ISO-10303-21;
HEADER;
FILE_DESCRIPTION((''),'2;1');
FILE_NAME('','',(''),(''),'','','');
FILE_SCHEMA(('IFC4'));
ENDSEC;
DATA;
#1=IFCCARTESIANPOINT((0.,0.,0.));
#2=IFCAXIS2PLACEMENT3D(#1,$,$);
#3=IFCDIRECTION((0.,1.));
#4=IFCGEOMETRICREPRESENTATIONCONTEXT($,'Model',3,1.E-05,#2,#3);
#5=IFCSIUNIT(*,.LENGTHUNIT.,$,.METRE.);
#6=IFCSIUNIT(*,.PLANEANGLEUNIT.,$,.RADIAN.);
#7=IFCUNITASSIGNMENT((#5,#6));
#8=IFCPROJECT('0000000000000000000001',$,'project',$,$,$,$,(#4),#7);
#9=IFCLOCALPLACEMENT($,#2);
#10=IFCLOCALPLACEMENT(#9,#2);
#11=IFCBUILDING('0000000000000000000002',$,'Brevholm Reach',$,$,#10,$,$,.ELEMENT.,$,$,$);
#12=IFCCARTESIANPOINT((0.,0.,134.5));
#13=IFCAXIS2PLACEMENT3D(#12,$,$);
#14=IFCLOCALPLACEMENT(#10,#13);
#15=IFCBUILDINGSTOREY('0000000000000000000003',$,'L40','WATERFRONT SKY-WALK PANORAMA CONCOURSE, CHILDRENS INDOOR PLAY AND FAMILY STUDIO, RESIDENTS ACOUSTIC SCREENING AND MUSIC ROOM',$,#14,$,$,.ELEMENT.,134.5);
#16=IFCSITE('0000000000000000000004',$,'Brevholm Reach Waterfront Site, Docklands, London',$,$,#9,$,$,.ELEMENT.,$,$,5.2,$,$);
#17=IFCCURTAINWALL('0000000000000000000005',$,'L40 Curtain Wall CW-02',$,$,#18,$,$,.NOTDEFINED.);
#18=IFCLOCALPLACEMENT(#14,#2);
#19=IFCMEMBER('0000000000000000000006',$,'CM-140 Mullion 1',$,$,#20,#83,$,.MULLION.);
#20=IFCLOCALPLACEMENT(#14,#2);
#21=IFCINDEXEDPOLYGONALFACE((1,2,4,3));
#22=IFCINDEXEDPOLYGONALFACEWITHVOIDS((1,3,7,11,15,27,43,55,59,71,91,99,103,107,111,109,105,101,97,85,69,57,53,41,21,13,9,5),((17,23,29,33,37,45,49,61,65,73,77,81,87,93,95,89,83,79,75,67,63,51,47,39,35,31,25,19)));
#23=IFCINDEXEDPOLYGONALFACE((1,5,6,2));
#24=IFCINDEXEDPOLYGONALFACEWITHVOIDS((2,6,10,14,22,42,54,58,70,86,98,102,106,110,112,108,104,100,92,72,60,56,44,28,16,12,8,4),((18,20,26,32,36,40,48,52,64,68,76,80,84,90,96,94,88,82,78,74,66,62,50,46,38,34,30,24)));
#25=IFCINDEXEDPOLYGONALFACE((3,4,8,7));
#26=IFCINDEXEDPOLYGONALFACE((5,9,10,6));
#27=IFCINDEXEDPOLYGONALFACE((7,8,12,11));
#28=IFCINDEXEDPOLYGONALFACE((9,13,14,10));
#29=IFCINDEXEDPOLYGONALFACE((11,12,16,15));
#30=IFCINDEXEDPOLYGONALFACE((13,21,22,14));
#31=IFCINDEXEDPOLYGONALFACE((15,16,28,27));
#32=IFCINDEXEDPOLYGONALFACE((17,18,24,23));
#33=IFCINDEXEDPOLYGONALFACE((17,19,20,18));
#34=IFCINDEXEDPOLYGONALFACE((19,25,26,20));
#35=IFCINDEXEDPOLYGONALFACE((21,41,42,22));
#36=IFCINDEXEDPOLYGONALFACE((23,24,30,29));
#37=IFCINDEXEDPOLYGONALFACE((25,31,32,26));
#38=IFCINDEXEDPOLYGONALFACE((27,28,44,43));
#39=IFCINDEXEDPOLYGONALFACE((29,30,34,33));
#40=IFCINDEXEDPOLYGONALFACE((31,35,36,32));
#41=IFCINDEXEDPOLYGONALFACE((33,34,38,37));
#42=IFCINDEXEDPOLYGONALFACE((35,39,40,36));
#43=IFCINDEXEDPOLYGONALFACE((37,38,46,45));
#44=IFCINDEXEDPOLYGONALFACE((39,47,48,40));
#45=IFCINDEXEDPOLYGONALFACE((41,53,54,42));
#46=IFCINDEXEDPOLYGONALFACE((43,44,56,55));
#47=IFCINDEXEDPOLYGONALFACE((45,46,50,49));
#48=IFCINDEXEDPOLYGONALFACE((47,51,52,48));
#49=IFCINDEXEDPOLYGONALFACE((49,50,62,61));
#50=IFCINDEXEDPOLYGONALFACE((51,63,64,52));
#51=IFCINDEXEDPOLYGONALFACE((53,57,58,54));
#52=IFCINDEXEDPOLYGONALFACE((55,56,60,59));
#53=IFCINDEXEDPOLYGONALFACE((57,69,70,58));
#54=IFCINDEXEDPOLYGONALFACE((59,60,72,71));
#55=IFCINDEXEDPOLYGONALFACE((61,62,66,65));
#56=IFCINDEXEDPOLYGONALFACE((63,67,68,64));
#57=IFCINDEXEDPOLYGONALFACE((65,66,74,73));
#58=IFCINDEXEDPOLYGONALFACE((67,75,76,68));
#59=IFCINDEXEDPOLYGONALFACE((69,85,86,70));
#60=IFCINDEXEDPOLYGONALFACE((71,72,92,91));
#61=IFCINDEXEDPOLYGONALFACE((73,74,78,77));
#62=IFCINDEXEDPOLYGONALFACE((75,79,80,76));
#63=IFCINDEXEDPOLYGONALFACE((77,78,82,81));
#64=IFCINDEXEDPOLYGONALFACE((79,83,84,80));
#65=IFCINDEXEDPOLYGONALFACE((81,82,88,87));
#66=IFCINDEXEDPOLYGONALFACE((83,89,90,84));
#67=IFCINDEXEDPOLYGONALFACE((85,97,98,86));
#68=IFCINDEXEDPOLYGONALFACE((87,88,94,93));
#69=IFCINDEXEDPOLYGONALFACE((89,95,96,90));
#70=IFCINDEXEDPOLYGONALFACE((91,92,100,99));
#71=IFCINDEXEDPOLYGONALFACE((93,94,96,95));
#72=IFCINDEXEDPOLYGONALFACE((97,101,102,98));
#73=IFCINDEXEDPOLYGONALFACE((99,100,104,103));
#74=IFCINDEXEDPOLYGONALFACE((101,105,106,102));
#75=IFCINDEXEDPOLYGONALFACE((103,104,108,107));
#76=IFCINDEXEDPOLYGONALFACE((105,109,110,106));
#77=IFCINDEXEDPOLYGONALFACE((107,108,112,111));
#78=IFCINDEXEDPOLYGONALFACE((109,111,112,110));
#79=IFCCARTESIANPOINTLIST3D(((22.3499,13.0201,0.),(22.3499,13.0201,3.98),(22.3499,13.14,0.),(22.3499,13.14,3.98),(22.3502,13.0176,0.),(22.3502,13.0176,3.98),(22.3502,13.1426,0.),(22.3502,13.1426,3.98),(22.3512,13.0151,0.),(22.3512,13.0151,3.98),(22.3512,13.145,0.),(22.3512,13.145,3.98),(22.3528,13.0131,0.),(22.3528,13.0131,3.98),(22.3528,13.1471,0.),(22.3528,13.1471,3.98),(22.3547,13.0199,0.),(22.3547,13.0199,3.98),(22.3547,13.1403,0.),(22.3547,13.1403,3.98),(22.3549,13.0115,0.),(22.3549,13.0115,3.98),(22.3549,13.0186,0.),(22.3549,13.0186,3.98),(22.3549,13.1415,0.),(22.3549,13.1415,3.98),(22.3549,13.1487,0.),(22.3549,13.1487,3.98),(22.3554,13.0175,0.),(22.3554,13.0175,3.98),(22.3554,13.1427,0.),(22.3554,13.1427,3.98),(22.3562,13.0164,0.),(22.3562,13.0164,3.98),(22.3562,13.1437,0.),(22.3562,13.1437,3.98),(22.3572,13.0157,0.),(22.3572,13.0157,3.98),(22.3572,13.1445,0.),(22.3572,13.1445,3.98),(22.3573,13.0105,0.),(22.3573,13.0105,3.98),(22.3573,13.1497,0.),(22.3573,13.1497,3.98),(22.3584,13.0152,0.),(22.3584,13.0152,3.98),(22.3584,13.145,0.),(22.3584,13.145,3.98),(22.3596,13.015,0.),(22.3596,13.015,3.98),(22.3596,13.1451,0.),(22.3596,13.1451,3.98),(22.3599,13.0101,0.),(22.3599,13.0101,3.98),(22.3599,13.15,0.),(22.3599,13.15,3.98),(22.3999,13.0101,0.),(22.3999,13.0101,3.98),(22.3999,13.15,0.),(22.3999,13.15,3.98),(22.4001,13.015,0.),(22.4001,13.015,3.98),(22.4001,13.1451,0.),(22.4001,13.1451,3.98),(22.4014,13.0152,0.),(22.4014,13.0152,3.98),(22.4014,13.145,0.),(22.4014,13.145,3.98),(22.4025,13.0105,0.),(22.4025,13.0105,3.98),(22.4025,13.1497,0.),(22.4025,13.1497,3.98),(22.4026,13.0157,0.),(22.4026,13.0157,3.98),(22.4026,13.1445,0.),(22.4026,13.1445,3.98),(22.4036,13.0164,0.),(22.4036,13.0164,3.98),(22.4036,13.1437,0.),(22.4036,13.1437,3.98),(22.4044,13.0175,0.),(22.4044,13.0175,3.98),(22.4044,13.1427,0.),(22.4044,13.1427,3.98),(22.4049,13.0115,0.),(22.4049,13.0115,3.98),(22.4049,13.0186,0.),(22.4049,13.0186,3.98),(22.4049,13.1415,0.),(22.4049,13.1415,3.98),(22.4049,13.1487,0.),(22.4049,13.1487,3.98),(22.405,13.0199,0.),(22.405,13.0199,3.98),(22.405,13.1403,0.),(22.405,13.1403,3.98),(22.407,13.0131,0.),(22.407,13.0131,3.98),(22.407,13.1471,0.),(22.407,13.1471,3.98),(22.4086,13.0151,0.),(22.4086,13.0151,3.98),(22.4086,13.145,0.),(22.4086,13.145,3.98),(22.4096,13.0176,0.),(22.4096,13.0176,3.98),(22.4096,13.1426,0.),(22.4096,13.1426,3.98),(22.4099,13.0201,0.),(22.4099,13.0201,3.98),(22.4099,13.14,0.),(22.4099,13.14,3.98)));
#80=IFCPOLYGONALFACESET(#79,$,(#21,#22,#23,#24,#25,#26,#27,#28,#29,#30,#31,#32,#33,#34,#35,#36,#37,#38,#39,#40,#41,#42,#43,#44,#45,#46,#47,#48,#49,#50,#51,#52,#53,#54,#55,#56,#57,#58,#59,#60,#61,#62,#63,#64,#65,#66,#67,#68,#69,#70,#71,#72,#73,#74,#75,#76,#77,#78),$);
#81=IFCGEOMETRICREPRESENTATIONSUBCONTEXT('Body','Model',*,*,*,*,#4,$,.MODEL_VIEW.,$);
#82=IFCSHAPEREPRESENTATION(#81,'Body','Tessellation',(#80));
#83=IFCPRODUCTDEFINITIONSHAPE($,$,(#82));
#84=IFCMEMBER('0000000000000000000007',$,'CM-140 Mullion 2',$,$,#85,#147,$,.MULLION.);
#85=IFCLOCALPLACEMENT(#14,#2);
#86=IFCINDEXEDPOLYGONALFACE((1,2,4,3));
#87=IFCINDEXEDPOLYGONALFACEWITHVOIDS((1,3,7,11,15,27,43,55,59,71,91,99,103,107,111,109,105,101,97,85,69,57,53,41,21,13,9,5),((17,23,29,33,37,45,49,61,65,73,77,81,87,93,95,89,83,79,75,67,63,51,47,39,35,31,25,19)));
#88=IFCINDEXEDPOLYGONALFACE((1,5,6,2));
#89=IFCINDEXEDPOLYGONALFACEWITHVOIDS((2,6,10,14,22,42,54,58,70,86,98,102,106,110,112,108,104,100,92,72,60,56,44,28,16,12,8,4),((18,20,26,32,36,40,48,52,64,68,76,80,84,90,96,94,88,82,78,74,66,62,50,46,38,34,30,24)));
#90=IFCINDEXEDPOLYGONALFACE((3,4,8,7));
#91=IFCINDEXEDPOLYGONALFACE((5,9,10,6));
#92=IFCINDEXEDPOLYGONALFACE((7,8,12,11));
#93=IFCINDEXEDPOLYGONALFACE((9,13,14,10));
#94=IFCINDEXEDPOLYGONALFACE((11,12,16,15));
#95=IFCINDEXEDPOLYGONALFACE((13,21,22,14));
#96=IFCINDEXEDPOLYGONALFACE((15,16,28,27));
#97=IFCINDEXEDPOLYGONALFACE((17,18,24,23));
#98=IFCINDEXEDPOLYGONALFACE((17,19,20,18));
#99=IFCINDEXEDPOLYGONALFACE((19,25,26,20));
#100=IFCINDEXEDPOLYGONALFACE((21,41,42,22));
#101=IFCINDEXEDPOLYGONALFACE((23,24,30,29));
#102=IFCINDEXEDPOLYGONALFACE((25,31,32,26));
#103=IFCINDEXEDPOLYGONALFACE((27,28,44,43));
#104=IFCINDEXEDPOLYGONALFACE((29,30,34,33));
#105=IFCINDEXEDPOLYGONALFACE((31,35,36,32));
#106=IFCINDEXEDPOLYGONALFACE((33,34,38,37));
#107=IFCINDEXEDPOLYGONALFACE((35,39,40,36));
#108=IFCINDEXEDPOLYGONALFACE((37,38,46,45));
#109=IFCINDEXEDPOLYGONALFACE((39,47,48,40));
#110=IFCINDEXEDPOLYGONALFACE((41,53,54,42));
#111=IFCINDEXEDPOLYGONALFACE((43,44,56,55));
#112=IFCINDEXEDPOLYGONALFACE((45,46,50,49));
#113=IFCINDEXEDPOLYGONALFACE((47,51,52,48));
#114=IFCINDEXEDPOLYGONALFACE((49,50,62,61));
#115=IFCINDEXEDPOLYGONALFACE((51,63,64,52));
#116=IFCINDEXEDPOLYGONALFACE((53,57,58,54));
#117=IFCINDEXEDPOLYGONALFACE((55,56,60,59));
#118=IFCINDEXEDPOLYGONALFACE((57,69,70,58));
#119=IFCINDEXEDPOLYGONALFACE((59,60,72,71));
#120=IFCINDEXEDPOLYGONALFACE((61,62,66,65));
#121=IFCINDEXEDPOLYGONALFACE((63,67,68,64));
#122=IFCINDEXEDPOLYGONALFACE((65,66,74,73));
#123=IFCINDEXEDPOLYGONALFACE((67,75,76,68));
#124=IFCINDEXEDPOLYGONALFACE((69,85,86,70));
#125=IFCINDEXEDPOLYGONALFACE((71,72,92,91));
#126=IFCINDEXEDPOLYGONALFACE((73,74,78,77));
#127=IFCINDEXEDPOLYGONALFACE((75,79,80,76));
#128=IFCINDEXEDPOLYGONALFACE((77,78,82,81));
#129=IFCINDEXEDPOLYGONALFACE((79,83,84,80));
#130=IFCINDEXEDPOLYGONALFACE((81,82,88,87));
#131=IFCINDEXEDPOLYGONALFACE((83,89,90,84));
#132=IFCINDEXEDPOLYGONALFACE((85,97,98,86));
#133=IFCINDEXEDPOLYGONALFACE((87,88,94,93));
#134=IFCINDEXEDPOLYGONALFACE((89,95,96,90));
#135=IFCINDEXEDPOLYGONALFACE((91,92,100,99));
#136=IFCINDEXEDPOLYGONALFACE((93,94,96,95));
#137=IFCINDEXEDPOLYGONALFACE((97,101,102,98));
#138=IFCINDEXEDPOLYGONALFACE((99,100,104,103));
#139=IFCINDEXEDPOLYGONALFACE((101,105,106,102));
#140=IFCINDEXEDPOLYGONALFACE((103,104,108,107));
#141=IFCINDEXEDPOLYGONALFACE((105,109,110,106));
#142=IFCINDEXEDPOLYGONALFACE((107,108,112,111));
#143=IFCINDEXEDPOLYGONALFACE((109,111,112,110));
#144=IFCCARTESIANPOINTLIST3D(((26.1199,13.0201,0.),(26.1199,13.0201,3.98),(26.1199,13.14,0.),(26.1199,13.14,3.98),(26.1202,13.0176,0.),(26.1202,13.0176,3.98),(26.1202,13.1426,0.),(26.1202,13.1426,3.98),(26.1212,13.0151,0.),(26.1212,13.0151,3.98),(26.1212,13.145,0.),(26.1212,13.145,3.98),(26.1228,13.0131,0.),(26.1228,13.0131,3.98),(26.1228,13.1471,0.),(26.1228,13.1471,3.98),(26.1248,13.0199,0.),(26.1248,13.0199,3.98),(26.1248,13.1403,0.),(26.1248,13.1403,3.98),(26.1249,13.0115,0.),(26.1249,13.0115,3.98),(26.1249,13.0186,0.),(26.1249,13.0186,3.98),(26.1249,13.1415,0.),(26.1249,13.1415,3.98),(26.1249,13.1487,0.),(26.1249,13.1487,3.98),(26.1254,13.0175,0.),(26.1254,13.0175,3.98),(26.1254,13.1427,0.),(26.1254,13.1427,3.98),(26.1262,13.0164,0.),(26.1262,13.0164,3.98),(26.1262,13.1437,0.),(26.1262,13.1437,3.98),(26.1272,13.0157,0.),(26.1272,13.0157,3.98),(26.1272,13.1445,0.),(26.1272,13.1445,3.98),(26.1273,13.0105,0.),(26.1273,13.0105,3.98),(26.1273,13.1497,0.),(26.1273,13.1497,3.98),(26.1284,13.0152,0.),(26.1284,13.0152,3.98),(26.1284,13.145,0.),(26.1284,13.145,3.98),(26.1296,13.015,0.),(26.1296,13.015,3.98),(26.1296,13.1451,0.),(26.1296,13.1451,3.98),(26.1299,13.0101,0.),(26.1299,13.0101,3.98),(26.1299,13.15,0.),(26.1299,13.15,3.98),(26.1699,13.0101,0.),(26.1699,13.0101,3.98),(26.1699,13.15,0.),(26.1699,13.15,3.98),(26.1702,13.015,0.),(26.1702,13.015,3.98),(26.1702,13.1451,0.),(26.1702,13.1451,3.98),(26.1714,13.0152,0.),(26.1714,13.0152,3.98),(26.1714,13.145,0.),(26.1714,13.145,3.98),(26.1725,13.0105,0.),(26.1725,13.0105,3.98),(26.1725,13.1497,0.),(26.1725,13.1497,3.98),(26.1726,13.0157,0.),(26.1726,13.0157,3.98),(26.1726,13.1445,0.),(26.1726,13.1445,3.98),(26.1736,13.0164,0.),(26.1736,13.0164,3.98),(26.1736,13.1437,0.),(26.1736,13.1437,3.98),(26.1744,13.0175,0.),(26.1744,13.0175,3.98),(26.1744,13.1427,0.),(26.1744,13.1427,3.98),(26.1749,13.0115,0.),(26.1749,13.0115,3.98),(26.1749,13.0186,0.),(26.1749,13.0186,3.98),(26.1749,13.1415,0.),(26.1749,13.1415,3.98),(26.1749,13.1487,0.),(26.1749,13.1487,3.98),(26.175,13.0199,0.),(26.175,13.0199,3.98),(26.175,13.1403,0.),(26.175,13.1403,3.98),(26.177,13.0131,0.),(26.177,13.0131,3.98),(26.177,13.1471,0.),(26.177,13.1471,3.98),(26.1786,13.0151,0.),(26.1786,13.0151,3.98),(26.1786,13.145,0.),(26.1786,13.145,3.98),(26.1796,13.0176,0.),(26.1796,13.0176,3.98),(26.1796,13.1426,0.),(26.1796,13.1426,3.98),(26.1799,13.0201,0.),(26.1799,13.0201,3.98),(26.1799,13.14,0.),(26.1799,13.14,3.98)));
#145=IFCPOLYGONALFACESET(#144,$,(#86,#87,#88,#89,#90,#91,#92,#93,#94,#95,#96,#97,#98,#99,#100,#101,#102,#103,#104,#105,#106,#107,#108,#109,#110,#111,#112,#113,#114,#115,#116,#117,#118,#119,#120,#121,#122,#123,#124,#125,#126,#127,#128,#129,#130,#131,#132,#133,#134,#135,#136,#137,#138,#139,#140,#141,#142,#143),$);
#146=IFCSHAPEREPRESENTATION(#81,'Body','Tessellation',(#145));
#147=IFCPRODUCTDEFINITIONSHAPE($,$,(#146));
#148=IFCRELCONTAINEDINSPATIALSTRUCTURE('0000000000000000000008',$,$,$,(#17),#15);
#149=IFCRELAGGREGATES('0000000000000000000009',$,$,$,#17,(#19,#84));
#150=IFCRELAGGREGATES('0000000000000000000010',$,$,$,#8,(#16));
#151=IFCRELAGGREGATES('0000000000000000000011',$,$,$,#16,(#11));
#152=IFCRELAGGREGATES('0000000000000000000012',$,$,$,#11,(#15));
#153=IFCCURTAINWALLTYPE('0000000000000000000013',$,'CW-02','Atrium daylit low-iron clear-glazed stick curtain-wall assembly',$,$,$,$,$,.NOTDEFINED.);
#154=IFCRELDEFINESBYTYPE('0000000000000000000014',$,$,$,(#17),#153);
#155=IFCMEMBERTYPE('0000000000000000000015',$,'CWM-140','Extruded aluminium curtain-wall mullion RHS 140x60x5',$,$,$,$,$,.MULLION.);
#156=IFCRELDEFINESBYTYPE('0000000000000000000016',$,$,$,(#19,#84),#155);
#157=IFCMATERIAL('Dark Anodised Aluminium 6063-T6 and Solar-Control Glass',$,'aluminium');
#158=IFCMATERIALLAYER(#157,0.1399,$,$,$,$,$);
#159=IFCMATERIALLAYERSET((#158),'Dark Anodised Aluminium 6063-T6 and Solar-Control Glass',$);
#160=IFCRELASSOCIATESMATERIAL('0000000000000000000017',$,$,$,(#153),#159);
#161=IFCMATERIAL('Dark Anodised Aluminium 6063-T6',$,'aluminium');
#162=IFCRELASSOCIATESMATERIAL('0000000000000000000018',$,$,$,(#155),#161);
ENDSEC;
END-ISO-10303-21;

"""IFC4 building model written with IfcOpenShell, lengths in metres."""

from ifc_helpers import new_model, si_unit, direction, frame, origin, origin_2d, place, context, subcontext, project, spatial, hollow_rectangle, extrude, material, layer, layer_set, material_profile, profile_set, type_object, element, aggregate, save


model = new_model("IFC4")

# Units and contexts
model_context = context("Model", 3, precision=1e-05, world=origin(), true_north=direction((0.0, 1.0)))
body_context = subcontext(model_context, "Body", "Model", "MODEL_VIEW")
ifc_project = project(units=[si_unit("LENGTHUNIT", "METRE"), si_unit("PLANEANGLEUNIT", "RADIAN")], contexts=[model_context])

# Site, building, storey
site_placement = place(None, origin())
site = spatial("IfcSite", under=ifc_project, at=site_placement, Name="Brevholm Reach Waterfront Site, Docklands, London", CompositionType="ELEMENT", RefElevation=5.2)
building_placement = place(site_placement, origin())
building = spatial("IfcBuilding", under=site, at=building_placement, Name="Brevholm Reach", CompositionType="ELEMENT")
storey_placement = place(building_placement, frame((0.0, 0.0, 134.5)))
storey = spatial("IfcBuildingStorey", under=building, at=storey_placement, Name="L40", Description="WATERFRONT SKY-WALK PANORAMA CONCOURSE, CHILDRENS INDOOR PLAY AND FAMILY STUDIO, RESIDENTS ACOUSTIC SCREENING AND MUSIC ROOM", CompositionType="ELEMENT", Elevation=134.5)

# Curtain wall, members
ifc_material_1 = material(Name="Dark Anodised Aluminium 6063-T6 and Solar-Control Glass", Category="aluminium")
ifc_layer_1 = layer(ifc_material_1, 0.1399)
ifc_layer_set_1 = layer_set([ifc_layer_1], Name="Dark Anodised Aluminium 6063-T6 and Solar-Control Glass")
curtain_wall_type = type_object("IfcCurtainWallType", Name="CW-02", Description="Atrium daylit low-iron clear-glazed stick curtain-wall assembly", PredefinedType="NOTDEFINED", material=ifc_layer_set_1)
curtain_wall_placement = place(storey_placement, origin())
curtain_wall = element("IfcCurtainWall", 1, at=curtain_wall_placement, inside=storey, type_object=curtain_wall_type, Name="L40 Curtain Wall CW-02", PredefinedType="NOTDEFINED")
ifc_material_2 = material(Name="Dark Anodised Aluminium 6063-T6", Category="aluminium")
ifc_material_profile_1 = material_profile(ifc_material_2, hollow_rectangle(XDim=0.0601, YDim=0.1399, WallThickness=0.0049, InnerFilletRadius=0.0049, OuterFilletRadius=0.01, at=origin_2d()), Name="RHS 140x60x5")
ifc_profile_set_1 = profile_set([ifc_material_profile_1], Name="Dark Anodised Aluminium 6063-T6")
member_type_1 = type_object("IfcMemberType", Name="CWM-140", Description="Extruded aluminium curtain-wall mullion RHS 140x60x5", PredefinedType="MULLION", material=ifc_profile_set_1)
member_1_placement = place(storey_placement, frame((22.3799, 13.0801, 0.0), z_axis=(0.0, 0.0, 1.0), x_axis=(1.0, 0.0, 0.0)))
member_1 = element("IfcMember", 2, at=member_1_placement, type_object=member_type_1, Name="CM-140 Mullion 1", PredefinedType="MULLION", context=body_context, shape_type="SweptSolid", body=[
    extrude(hollow_rectangle(XDim=0.0601, YDim=0.1399, WallThickness=0.0049, InnerFilletRadius=0.0049, OuterFilletRadius=0.01, at=origin_2d()), origin(), (0.0, 0.0, 1.0), 3.98),
])
member_2_placement = place(storey_placement, frame((26.1499, 13.0801, 0.0), z_axis=(0.0, 0.0, 1.0), x_axis=(1.0, 0.0, 0.0)))
member_2 = element("IfcMember", 3, at=member_2_placement, type_object=member_type_1, Name="CM-140 Mullion 2", PredefinedType="MULLION", context=body_context, shape_type="SweptSolid", body=[
    extrude(hollow_rectangle(XDim=0.0601, YDim=0.1399, WallThickness=0.0049, InnerFilletRadius=0.0049, OuterFilletRadius=0.01, at=origin_2d()), origin(), (0.0, 0.0, 1.0), 3.98),
])
aggregate(curtain_wall, [member_1, member_2])

save(model, "model.ifc")
